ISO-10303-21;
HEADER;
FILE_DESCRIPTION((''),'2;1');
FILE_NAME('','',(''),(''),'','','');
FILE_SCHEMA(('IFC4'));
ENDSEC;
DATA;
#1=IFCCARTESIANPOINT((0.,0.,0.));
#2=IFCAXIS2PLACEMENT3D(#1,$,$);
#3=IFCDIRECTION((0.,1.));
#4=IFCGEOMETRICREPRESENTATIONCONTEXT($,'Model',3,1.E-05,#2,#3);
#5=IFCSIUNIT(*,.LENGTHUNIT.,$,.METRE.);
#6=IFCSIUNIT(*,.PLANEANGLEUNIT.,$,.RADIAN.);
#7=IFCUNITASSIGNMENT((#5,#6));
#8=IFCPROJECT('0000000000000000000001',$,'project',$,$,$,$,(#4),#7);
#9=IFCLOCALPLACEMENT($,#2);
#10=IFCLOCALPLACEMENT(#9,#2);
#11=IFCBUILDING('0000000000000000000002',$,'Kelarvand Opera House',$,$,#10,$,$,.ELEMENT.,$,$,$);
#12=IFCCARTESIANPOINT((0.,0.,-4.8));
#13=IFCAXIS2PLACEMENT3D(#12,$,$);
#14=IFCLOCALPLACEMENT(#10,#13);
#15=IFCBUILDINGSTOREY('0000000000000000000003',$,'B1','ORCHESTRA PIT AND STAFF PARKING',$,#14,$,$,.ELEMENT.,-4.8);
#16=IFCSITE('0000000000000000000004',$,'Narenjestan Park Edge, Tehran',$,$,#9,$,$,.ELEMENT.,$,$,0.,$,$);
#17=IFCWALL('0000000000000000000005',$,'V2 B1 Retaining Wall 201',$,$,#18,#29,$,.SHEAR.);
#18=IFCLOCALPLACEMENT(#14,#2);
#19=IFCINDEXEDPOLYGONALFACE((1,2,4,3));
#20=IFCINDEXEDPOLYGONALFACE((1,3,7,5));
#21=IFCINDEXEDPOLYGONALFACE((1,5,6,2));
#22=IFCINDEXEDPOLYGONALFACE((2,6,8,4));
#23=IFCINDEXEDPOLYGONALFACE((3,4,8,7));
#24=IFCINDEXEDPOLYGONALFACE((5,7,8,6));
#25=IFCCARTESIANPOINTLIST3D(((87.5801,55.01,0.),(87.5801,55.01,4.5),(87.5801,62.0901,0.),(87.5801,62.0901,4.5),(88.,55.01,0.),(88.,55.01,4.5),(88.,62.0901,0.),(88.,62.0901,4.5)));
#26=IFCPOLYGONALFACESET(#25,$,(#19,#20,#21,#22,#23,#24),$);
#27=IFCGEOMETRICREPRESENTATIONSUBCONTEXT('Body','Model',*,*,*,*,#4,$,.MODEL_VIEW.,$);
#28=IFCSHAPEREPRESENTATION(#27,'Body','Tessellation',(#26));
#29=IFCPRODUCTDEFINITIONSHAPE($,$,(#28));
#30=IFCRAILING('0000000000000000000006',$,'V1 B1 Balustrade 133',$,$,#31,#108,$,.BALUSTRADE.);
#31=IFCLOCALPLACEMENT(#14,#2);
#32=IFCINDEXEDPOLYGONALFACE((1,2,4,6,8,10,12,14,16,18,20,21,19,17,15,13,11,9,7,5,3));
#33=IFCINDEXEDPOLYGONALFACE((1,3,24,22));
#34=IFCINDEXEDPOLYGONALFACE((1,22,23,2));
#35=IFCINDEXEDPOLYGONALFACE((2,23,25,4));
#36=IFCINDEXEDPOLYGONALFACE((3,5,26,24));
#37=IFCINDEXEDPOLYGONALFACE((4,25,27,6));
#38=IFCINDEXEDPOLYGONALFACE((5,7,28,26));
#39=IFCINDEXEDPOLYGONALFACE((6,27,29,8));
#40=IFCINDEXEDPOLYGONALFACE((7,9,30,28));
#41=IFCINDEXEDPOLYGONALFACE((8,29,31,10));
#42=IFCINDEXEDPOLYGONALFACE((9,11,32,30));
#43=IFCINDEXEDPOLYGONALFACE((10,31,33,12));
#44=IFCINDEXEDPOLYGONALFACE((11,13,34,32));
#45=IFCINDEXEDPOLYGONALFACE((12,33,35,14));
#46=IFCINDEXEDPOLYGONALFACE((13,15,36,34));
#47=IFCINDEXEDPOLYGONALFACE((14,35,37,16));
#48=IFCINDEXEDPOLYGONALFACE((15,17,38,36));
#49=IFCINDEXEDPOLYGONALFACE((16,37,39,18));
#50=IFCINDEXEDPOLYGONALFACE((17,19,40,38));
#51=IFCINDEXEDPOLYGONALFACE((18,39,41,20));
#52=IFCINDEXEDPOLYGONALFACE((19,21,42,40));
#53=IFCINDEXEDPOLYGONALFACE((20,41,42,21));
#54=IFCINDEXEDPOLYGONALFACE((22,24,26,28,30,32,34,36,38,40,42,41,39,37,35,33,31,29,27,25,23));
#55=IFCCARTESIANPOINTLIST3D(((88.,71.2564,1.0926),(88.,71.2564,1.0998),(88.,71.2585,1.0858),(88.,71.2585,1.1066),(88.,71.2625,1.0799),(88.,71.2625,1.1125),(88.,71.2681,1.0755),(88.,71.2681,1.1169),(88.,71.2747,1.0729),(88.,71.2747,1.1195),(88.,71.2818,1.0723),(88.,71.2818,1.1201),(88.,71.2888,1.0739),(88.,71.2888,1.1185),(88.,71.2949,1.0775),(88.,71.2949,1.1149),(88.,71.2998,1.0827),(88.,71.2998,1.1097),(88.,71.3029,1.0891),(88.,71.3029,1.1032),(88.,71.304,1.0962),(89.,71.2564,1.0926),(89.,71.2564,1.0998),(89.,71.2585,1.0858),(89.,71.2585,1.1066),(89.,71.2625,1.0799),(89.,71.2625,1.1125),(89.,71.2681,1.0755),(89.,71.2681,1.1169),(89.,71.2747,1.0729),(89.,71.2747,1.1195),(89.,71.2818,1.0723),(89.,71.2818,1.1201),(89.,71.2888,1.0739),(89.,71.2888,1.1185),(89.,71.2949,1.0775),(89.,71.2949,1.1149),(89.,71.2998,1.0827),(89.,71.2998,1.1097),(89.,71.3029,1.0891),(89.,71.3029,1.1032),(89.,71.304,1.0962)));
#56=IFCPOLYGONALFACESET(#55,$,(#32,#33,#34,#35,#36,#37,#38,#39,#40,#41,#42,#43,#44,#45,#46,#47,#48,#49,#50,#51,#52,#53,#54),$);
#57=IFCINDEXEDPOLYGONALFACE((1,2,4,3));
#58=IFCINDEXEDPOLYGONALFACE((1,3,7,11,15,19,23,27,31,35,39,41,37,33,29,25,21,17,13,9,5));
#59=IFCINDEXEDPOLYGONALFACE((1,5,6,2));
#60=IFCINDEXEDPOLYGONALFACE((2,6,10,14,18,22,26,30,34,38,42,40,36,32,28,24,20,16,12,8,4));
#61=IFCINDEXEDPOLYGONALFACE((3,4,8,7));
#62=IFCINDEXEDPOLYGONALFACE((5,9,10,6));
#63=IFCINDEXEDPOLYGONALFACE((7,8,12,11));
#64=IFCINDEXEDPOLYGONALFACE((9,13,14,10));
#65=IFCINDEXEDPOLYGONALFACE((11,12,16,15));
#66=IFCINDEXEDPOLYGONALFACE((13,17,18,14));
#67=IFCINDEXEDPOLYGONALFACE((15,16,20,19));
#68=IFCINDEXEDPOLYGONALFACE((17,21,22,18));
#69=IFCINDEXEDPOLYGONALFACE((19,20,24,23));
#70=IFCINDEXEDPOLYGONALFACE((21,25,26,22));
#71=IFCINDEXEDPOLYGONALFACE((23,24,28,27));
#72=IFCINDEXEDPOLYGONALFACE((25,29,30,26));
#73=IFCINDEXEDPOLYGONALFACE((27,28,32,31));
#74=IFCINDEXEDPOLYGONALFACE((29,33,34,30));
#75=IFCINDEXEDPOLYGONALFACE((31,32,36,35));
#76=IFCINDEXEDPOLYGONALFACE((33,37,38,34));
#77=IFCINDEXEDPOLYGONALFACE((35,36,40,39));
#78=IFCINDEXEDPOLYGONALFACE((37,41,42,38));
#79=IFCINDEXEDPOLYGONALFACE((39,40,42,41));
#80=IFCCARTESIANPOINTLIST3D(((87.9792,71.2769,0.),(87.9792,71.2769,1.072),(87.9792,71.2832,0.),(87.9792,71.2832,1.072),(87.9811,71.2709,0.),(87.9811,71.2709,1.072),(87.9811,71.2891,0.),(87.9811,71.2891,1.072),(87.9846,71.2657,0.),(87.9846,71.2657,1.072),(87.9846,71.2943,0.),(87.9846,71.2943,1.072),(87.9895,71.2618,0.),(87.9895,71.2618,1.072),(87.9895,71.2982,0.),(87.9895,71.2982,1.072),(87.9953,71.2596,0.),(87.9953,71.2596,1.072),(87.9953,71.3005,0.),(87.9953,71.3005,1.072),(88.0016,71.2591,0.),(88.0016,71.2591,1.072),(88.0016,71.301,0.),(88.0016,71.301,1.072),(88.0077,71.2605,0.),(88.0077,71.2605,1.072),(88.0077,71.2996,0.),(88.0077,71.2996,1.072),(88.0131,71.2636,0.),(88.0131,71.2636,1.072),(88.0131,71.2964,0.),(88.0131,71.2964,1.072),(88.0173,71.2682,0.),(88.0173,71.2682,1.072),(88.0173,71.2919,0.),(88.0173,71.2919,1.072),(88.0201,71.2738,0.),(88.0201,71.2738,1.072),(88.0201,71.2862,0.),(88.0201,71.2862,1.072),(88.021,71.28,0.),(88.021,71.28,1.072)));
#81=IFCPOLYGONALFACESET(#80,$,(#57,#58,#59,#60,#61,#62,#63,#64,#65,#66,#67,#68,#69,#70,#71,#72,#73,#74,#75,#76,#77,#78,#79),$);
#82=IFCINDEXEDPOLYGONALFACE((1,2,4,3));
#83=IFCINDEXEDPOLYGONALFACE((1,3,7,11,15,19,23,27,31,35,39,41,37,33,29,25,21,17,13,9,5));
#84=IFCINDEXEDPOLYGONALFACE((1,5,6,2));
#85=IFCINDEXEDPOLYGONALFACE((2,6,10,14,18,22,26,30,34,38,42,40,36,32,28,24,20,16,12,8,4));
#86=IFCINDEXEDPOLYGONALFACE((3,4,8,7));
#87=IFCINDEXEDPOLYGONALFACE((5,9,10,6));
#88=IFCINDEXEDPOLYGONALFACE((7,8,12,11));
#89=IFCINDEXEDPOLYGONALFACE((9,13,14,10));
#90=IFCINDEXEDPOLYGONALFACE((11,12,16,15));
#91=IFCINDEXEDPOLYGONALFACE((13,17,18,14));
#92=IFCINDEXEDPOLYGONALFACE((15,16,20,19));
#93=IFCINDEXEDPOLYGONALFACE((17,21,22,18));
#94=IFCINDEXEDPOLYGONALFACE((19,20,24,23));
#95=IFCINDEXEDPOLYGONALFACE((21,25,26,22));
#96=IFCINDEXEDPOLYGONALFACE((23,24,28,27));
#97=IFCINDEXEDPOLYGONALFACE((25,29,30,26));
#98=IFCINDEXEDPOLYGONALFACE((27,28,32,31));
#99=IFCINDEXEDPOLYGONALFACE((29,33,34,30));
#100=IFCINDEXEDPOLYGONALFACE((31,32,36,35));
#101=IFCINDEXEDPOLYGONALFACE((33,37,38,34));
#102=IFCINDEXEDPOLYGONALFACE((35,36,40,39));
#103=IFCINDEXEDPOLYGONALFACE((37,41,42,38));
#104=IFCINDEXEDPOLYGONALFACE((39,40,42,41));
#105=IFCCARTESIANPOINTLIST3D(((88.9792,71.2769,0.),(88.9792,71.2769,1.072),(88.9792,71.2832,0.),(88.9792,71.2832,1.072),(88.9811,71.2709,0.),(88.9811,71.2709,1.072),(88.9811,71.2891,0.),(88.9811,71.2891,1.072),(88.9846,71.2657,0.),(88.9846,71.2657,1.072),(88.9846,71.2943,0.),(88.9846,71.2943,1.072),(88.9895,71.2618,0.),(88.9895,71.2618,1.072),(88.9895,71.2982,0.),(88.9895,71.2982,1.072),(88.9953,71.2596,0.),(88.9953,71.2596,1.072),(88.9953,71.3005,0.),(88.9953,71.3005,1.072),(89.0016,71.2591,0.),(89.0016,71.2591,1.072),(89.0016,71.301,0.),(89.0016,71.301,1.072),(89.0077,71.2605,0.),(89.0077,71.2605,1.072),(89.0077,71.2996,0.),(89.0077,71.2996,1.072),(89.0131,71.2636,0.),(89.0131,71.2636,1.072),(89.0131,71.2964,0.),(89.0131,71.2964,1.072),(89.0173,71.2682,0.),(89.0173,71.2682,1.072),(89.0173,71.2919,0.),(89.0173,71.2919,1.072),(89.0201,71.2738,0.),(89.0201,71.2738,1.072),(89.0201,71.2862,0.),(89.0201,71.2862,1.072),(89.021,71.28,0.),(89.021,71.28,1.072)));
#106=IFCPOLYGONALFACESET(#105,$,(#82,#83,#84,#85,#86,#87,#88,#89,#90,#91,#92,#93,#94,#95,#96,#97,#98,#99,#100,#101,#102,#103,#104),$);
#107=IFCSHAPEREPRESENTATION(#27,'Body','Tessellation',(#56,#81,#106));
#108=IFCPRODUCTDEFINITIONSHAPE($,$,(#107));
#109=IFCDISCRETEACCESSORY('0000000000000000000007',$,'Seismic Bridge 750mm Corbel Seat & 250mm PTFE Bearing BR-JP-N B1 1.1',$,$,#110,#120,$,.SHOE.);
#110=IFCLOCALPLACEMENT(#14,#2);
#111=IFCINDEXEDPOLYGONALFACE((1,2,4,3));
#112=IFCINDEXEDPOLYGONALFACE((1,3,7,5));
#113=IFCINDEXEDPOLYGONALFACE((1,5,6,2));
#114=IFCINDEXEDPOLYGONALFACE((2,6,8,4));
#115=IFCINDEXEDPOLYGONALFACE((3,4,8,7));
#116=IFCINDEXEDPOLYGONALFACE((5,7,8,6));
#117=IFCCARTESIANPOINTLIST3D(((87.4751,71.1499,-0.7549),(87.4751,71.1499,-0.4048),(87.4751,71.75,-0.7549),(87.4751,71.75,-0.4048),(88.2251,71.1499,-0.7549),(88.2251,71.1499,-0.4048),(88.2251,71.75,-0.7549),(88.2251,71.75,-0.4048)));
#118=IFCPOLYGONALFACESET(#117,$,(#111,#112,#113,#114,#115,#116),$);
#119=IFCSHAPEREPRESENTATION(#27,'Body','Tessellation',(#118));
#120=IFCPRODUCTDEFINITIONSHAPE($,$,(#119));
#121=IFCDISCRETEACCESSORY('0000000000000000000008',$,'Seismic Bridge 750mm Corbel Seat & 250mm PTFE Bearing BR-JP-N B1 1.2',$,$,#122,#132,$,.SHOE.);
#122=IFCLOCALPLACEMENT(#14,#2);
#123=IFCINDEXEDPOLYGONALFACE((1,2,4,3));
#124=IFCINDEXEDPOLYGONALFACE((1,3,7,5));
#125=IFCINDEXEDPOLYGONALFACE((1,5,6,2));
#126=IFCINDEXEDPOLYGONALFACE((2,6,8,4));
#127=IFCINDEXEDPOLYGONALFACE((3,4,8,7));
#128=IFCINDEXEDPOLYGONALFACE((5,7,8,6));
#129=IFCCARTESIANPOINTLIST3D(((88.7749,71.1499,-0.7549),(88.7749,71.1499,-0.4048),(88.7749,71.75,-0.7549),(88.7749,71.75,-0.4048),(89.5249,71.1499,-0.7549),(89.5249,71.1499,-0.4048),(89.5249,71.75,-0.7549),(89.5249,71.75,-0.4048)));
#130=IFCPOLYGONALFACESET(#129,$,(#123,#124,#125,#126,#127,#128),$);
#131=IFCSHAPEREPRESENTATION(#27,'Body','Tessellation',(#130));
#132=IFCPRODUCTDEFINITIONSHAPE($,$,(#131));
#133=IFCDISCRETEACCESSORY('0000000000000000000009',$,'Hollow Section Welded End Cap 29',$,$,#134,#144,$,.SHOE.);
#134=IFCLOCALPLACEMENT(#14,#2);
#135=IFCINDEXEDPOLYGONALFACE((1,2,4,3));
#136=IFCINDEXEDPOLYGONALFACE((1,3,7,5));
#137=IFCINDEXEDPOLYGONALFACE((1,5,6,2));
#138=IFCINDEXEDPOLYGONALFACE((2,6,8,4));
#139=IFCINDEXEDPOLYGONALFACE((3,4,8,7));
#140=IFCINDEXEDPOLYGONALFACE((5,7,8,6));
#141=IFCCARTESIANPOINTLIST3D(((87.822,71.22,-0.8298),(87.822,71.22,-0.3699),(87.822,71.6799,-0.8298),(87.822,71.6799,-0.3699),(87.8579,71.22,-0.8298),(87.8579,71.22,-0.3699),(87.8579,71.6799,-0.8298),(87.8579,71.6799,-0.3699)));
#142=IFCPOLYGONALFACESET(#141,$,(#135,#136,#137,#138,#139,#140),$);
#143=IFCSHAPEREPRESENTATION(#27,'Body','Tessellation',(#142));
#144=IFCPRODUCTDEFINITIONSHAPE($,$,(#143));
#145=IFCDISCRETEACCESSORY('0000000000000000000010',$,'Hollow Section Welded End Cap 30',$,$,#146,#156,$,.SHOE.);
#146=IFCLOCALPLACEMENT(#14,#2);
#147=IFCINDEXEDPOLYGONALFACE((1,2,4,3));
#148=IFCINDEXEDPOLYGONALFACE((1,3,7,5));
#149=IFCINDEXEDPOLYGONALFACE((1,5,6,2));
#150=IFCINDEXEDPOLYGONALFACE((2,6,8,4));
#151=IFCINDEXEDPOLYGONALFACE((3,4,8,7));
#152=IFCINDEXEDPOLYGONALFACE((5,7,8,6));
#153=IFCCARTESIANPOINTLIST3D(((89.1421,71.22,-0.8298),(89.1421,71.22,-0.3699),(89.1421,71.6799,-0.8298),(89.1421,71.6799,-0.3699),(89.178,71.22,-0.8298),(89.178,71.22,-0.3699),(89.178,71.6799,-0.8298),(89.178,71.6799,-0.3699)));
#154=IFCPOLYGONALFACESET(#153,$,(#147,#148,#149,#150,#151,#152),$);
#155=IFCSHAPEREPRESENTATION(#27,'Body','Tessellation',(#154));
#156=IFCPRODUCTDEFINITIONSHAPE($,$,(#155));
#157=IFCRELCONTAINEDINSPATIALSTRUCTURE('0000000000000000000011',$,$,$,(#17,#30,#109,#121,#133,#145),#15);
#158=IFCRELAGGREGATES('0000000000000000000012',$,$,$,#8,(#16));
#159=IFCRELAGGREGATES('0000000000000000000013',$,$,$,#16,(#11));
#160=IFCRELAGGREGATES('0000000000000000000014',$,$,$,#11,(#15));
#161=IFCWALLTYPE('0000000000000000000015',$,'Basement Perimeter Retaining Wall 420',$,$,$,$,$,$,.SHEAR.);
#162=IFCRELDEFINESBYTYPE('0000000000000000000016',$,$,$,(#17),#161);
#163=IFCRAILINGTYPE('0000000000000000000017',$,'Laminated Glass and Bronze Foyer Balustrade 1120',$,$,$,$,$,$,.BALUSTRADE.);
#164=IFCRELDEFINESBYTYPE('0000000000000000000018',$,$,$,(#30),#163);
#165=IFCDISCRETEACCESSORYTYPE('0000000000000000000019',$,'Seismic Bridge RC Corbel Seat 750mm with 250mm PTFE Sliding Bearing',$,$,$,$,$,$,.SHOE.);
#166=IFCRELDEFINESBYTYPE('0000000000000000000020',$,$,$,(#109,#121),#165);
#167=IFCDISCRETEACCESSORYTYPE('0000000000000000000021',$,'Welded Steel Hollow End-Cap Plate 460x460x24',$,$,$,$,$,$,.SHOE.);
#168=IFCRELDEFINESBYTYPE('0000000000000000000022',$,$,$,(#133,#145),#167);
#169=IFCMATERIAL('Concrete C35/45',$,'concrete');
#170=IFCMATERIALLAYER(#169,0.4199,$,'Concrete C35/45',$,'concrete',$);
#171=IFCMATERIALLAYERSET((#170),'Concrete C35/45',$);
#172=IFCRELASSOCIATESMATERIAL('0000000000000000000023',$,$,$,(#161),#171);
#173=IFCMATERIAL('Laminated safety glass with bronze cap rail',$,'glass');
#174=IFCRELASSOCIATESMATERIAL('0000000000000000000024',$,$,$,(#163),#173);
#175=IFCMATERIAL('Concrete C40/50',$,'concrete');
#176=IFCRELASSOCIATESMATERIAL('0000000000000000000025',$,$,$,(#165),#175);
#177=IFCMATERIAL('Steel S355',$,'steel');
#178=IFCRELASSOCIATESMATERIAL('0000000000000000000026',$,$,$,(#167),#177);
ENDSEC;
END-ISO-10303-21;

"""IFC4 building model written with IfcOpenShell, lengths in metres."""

from ifc_helpers import new_model, si_unit, direction, frame, frame_2d, origin, origin_2d, place, context, subcontext, project, spatial, rectangle, circle, extrude, material, layer, layer_set, material_profile, profile_set, type_object, element, save


model = new_model("IFC4")

# Units and contexts
model_context = context("Model", 3, precision=1e-05, world=origin(), true_north=direction((0.0, 1.0)))
body_context = subcontext(model_context, "Body", "Model", "MODEL_VIEW")
ifc_project = project(units=[si_unit("LENGTHUNIT", "METRE"), si_unit("PLANEANGLEUNIT", "RADIAN")], contexts=[model_context])

# Site, building, storey
site_placement = place(None, origin())
site = spatial("IfcSite", under=ifc_project, at=site_placement, Name="Narenjestan Park Edge, Tehran", CompositionType="ELEMENT", RefElevation=0.0)
building_placement = place(site_placement, origin())
building = spatial("IfcBuilding", under=site, at=building_placement, Name="Kelarvand Opera House", CompositionType="ELEMENT")
storey_placement = place(building_placement, frame((0.0, 0.0, -4.8)))
storey = spatial("IfcBuildingStorey", under=building, at=storey_placement, Name="B1", Description="ORCHESTRA PIT AND STAFF PARKING", CompositionType="ELEMENT", Elevation=-4.8)

# Shared definitions
ifc_material_1 = material(Name="Concrete C40/50", Category="concrete")

# Shared definitions
ifc_material_2 = material(Name="Steel S355", Category="steel")

# Wall
ifc_material_3 = material(Name="Concrete C35/45", Category="concrete")
ifc_layer_1 = layer(ifc_material_3, 0.4199, Name="Concrete C35/45", Category="concrete")
ifc_layer_set_1 = layer_set([ifc_layer_1], Name="Concrete C35/45")
wall_type_1 = type_object("IfcWallType", Name="Basement Perimeter Retaining Wall 420", PredefinedType="SHEAR", material=ifc_layer_set_1)
for number, where, z_axis, x_axis, name in (
    (1, (87.79, 62.0901, 0.0), (0.0, 0.0, 1.0), (0.0, -1.0, 0.0), "V2 B1 Retaining Wall 201"),
):
    element("IfcWall", number, at=place(storey_placement, frame(where, z_axis=z_axis, x_axis=x_axis)), inside=storey, type_object=wall_type_1, Name=name, PredefinedType="SHEAR", context=body_context, shape_type="SweptSolid", body=[
        extrude(rectangle(XDim=7.0801, YDim=0.4199, at=frame_2d((3.54, 0.0))), origin(), (0.0, 0.0, 1.0), 4.5),
    ])

# Railing
ifc_material_4 = material(Name="Laminated safety glass with bronze cap rail", Category="glass")
railing_type_1 = type_object("IfcRailingType", Name="Laminated Glass and Bronze Foyer Balustrade 1120", PredefinedType="BALUSTRADE", material=ifc_material_4)
railing_1_placement = place(storey_placement, frame((88.0, 71.28, 0.0)))
element("IfcRailing", 2, at=railing_1_placement, inside=storey, type_object=railing_type_1, Name="V1 B1 Balustrade 133", PredefinedType="BALUSTRADE", context=body_context, shape_type="SweptSolid", body=[
    extrude(circle(Radius=0.0239, at=origin_2d()), frame((0.0, 0.0, 1.0962), z_axis=(1.0, 0.0, 0.0), x_axis=(0.0, 1.0, 0.0)), (0.0, 0.0, 1.0), 1.0),
    extrude(circle(Radius=0.021, at=origin_2d()), origin(), (0.0, 0.0, 1.0), 1.072),
    extrude(circle(Radius=0.021, at=origin_2d()), frame((1.0, 0.0, 0.0)), (0.0, 0.0, 1.0), 1.072),
])

# Discrete accessories
discrete_accessory_type_1 = type_object("IfcDiscreteAccessoryType", Name="Seismic Bridge RC Corbel Seat 750mm with 250mm PTFE Sliding Bearing", PredefinedType="SHOE", material=ifc_material_1)
for number, where, z_axis, x_axis, name in (
    (3, (87.8501, 71.45, -0.7549), (0.0, 0.0, 1.0), (1.0, 0.0, 0.0), "Seismic Bridge 750mm Corbel Seat & 250mm PTFE Bearing BR-JP-N B1 1.1"),
    (4, (89.1499, 71.45, -0.7549), (0.0, 0.0, 1.0), (1.0, 0.0, 0.0), "Seismic Bridge 750mm Corbel Seat & 250mm PTFE Bearing BR-JP-N B1 1.2"),
):
    element("IfcDiscreteAccessory", number, at=place(storey_placement, frame(where, z_axis=z_axis, x_axis=x_axis)), inside=storey, type_object=discrete_accessory_type_1, Name=name, PredefinedType="SHOE", context=body_context, shape_type="SweptSolid", body=[
        extrude(rectangle(XDim=0.75, YDim=0.6001, at=origin_2d()), origin(), (0.0, 0.0, 1.0), 0.3501),
    ])
ifc_material_profile_1 = material_profile(ifc_material_2, rectangle(XDim=0.46, YDim=0.46, at=origin_2d()), Name="Welded Steel Hollow End-Cap Plate 460x460x24", Category="steel")
ifc_profile_set_1 = profile_set([ifc_material_profile_1], Name="Steel S355")
discrete_accessory_type_2 = type_object("IfcDiscreteAccessoryType", Name="Welded Steel Hollow End-Cap Plate 460x460x24", PredefinedType="SHOE", material=ifc_profile_set_1)
for number, where, z_axis, x_axis, name in (
    (5, (87.8579, 71.45, -0.5999), (-1.0, 0.0, 0.0), (0.0, -1.0, 0.0), "Hollow Section Welded End Cap 29"),
    (6, (89.1421, 71.45, -0.5999), (1.0, 0.0, 0.0), (0.0, 1.0, 0.0), "Hollow Section Welded End Cap 30"),
):
    element("IfcDiscreteAccessory", number, at=place(storey_placement, frame(where, z_axis=z_axis, x_axis=x_axis)), inside=storey, type_object=discrete_accessory_type_2, Name=name, PredefinedType="SHOE", context=body_context, shape_type="SweptSolid", body=[
        extrude(rectangle(XDim=0.46, YDim=0.46, at=origin_2d()), origin(), (0.0, 0.0, 1.0), 0.0359),
    ])

save(model, "model.ifc")
